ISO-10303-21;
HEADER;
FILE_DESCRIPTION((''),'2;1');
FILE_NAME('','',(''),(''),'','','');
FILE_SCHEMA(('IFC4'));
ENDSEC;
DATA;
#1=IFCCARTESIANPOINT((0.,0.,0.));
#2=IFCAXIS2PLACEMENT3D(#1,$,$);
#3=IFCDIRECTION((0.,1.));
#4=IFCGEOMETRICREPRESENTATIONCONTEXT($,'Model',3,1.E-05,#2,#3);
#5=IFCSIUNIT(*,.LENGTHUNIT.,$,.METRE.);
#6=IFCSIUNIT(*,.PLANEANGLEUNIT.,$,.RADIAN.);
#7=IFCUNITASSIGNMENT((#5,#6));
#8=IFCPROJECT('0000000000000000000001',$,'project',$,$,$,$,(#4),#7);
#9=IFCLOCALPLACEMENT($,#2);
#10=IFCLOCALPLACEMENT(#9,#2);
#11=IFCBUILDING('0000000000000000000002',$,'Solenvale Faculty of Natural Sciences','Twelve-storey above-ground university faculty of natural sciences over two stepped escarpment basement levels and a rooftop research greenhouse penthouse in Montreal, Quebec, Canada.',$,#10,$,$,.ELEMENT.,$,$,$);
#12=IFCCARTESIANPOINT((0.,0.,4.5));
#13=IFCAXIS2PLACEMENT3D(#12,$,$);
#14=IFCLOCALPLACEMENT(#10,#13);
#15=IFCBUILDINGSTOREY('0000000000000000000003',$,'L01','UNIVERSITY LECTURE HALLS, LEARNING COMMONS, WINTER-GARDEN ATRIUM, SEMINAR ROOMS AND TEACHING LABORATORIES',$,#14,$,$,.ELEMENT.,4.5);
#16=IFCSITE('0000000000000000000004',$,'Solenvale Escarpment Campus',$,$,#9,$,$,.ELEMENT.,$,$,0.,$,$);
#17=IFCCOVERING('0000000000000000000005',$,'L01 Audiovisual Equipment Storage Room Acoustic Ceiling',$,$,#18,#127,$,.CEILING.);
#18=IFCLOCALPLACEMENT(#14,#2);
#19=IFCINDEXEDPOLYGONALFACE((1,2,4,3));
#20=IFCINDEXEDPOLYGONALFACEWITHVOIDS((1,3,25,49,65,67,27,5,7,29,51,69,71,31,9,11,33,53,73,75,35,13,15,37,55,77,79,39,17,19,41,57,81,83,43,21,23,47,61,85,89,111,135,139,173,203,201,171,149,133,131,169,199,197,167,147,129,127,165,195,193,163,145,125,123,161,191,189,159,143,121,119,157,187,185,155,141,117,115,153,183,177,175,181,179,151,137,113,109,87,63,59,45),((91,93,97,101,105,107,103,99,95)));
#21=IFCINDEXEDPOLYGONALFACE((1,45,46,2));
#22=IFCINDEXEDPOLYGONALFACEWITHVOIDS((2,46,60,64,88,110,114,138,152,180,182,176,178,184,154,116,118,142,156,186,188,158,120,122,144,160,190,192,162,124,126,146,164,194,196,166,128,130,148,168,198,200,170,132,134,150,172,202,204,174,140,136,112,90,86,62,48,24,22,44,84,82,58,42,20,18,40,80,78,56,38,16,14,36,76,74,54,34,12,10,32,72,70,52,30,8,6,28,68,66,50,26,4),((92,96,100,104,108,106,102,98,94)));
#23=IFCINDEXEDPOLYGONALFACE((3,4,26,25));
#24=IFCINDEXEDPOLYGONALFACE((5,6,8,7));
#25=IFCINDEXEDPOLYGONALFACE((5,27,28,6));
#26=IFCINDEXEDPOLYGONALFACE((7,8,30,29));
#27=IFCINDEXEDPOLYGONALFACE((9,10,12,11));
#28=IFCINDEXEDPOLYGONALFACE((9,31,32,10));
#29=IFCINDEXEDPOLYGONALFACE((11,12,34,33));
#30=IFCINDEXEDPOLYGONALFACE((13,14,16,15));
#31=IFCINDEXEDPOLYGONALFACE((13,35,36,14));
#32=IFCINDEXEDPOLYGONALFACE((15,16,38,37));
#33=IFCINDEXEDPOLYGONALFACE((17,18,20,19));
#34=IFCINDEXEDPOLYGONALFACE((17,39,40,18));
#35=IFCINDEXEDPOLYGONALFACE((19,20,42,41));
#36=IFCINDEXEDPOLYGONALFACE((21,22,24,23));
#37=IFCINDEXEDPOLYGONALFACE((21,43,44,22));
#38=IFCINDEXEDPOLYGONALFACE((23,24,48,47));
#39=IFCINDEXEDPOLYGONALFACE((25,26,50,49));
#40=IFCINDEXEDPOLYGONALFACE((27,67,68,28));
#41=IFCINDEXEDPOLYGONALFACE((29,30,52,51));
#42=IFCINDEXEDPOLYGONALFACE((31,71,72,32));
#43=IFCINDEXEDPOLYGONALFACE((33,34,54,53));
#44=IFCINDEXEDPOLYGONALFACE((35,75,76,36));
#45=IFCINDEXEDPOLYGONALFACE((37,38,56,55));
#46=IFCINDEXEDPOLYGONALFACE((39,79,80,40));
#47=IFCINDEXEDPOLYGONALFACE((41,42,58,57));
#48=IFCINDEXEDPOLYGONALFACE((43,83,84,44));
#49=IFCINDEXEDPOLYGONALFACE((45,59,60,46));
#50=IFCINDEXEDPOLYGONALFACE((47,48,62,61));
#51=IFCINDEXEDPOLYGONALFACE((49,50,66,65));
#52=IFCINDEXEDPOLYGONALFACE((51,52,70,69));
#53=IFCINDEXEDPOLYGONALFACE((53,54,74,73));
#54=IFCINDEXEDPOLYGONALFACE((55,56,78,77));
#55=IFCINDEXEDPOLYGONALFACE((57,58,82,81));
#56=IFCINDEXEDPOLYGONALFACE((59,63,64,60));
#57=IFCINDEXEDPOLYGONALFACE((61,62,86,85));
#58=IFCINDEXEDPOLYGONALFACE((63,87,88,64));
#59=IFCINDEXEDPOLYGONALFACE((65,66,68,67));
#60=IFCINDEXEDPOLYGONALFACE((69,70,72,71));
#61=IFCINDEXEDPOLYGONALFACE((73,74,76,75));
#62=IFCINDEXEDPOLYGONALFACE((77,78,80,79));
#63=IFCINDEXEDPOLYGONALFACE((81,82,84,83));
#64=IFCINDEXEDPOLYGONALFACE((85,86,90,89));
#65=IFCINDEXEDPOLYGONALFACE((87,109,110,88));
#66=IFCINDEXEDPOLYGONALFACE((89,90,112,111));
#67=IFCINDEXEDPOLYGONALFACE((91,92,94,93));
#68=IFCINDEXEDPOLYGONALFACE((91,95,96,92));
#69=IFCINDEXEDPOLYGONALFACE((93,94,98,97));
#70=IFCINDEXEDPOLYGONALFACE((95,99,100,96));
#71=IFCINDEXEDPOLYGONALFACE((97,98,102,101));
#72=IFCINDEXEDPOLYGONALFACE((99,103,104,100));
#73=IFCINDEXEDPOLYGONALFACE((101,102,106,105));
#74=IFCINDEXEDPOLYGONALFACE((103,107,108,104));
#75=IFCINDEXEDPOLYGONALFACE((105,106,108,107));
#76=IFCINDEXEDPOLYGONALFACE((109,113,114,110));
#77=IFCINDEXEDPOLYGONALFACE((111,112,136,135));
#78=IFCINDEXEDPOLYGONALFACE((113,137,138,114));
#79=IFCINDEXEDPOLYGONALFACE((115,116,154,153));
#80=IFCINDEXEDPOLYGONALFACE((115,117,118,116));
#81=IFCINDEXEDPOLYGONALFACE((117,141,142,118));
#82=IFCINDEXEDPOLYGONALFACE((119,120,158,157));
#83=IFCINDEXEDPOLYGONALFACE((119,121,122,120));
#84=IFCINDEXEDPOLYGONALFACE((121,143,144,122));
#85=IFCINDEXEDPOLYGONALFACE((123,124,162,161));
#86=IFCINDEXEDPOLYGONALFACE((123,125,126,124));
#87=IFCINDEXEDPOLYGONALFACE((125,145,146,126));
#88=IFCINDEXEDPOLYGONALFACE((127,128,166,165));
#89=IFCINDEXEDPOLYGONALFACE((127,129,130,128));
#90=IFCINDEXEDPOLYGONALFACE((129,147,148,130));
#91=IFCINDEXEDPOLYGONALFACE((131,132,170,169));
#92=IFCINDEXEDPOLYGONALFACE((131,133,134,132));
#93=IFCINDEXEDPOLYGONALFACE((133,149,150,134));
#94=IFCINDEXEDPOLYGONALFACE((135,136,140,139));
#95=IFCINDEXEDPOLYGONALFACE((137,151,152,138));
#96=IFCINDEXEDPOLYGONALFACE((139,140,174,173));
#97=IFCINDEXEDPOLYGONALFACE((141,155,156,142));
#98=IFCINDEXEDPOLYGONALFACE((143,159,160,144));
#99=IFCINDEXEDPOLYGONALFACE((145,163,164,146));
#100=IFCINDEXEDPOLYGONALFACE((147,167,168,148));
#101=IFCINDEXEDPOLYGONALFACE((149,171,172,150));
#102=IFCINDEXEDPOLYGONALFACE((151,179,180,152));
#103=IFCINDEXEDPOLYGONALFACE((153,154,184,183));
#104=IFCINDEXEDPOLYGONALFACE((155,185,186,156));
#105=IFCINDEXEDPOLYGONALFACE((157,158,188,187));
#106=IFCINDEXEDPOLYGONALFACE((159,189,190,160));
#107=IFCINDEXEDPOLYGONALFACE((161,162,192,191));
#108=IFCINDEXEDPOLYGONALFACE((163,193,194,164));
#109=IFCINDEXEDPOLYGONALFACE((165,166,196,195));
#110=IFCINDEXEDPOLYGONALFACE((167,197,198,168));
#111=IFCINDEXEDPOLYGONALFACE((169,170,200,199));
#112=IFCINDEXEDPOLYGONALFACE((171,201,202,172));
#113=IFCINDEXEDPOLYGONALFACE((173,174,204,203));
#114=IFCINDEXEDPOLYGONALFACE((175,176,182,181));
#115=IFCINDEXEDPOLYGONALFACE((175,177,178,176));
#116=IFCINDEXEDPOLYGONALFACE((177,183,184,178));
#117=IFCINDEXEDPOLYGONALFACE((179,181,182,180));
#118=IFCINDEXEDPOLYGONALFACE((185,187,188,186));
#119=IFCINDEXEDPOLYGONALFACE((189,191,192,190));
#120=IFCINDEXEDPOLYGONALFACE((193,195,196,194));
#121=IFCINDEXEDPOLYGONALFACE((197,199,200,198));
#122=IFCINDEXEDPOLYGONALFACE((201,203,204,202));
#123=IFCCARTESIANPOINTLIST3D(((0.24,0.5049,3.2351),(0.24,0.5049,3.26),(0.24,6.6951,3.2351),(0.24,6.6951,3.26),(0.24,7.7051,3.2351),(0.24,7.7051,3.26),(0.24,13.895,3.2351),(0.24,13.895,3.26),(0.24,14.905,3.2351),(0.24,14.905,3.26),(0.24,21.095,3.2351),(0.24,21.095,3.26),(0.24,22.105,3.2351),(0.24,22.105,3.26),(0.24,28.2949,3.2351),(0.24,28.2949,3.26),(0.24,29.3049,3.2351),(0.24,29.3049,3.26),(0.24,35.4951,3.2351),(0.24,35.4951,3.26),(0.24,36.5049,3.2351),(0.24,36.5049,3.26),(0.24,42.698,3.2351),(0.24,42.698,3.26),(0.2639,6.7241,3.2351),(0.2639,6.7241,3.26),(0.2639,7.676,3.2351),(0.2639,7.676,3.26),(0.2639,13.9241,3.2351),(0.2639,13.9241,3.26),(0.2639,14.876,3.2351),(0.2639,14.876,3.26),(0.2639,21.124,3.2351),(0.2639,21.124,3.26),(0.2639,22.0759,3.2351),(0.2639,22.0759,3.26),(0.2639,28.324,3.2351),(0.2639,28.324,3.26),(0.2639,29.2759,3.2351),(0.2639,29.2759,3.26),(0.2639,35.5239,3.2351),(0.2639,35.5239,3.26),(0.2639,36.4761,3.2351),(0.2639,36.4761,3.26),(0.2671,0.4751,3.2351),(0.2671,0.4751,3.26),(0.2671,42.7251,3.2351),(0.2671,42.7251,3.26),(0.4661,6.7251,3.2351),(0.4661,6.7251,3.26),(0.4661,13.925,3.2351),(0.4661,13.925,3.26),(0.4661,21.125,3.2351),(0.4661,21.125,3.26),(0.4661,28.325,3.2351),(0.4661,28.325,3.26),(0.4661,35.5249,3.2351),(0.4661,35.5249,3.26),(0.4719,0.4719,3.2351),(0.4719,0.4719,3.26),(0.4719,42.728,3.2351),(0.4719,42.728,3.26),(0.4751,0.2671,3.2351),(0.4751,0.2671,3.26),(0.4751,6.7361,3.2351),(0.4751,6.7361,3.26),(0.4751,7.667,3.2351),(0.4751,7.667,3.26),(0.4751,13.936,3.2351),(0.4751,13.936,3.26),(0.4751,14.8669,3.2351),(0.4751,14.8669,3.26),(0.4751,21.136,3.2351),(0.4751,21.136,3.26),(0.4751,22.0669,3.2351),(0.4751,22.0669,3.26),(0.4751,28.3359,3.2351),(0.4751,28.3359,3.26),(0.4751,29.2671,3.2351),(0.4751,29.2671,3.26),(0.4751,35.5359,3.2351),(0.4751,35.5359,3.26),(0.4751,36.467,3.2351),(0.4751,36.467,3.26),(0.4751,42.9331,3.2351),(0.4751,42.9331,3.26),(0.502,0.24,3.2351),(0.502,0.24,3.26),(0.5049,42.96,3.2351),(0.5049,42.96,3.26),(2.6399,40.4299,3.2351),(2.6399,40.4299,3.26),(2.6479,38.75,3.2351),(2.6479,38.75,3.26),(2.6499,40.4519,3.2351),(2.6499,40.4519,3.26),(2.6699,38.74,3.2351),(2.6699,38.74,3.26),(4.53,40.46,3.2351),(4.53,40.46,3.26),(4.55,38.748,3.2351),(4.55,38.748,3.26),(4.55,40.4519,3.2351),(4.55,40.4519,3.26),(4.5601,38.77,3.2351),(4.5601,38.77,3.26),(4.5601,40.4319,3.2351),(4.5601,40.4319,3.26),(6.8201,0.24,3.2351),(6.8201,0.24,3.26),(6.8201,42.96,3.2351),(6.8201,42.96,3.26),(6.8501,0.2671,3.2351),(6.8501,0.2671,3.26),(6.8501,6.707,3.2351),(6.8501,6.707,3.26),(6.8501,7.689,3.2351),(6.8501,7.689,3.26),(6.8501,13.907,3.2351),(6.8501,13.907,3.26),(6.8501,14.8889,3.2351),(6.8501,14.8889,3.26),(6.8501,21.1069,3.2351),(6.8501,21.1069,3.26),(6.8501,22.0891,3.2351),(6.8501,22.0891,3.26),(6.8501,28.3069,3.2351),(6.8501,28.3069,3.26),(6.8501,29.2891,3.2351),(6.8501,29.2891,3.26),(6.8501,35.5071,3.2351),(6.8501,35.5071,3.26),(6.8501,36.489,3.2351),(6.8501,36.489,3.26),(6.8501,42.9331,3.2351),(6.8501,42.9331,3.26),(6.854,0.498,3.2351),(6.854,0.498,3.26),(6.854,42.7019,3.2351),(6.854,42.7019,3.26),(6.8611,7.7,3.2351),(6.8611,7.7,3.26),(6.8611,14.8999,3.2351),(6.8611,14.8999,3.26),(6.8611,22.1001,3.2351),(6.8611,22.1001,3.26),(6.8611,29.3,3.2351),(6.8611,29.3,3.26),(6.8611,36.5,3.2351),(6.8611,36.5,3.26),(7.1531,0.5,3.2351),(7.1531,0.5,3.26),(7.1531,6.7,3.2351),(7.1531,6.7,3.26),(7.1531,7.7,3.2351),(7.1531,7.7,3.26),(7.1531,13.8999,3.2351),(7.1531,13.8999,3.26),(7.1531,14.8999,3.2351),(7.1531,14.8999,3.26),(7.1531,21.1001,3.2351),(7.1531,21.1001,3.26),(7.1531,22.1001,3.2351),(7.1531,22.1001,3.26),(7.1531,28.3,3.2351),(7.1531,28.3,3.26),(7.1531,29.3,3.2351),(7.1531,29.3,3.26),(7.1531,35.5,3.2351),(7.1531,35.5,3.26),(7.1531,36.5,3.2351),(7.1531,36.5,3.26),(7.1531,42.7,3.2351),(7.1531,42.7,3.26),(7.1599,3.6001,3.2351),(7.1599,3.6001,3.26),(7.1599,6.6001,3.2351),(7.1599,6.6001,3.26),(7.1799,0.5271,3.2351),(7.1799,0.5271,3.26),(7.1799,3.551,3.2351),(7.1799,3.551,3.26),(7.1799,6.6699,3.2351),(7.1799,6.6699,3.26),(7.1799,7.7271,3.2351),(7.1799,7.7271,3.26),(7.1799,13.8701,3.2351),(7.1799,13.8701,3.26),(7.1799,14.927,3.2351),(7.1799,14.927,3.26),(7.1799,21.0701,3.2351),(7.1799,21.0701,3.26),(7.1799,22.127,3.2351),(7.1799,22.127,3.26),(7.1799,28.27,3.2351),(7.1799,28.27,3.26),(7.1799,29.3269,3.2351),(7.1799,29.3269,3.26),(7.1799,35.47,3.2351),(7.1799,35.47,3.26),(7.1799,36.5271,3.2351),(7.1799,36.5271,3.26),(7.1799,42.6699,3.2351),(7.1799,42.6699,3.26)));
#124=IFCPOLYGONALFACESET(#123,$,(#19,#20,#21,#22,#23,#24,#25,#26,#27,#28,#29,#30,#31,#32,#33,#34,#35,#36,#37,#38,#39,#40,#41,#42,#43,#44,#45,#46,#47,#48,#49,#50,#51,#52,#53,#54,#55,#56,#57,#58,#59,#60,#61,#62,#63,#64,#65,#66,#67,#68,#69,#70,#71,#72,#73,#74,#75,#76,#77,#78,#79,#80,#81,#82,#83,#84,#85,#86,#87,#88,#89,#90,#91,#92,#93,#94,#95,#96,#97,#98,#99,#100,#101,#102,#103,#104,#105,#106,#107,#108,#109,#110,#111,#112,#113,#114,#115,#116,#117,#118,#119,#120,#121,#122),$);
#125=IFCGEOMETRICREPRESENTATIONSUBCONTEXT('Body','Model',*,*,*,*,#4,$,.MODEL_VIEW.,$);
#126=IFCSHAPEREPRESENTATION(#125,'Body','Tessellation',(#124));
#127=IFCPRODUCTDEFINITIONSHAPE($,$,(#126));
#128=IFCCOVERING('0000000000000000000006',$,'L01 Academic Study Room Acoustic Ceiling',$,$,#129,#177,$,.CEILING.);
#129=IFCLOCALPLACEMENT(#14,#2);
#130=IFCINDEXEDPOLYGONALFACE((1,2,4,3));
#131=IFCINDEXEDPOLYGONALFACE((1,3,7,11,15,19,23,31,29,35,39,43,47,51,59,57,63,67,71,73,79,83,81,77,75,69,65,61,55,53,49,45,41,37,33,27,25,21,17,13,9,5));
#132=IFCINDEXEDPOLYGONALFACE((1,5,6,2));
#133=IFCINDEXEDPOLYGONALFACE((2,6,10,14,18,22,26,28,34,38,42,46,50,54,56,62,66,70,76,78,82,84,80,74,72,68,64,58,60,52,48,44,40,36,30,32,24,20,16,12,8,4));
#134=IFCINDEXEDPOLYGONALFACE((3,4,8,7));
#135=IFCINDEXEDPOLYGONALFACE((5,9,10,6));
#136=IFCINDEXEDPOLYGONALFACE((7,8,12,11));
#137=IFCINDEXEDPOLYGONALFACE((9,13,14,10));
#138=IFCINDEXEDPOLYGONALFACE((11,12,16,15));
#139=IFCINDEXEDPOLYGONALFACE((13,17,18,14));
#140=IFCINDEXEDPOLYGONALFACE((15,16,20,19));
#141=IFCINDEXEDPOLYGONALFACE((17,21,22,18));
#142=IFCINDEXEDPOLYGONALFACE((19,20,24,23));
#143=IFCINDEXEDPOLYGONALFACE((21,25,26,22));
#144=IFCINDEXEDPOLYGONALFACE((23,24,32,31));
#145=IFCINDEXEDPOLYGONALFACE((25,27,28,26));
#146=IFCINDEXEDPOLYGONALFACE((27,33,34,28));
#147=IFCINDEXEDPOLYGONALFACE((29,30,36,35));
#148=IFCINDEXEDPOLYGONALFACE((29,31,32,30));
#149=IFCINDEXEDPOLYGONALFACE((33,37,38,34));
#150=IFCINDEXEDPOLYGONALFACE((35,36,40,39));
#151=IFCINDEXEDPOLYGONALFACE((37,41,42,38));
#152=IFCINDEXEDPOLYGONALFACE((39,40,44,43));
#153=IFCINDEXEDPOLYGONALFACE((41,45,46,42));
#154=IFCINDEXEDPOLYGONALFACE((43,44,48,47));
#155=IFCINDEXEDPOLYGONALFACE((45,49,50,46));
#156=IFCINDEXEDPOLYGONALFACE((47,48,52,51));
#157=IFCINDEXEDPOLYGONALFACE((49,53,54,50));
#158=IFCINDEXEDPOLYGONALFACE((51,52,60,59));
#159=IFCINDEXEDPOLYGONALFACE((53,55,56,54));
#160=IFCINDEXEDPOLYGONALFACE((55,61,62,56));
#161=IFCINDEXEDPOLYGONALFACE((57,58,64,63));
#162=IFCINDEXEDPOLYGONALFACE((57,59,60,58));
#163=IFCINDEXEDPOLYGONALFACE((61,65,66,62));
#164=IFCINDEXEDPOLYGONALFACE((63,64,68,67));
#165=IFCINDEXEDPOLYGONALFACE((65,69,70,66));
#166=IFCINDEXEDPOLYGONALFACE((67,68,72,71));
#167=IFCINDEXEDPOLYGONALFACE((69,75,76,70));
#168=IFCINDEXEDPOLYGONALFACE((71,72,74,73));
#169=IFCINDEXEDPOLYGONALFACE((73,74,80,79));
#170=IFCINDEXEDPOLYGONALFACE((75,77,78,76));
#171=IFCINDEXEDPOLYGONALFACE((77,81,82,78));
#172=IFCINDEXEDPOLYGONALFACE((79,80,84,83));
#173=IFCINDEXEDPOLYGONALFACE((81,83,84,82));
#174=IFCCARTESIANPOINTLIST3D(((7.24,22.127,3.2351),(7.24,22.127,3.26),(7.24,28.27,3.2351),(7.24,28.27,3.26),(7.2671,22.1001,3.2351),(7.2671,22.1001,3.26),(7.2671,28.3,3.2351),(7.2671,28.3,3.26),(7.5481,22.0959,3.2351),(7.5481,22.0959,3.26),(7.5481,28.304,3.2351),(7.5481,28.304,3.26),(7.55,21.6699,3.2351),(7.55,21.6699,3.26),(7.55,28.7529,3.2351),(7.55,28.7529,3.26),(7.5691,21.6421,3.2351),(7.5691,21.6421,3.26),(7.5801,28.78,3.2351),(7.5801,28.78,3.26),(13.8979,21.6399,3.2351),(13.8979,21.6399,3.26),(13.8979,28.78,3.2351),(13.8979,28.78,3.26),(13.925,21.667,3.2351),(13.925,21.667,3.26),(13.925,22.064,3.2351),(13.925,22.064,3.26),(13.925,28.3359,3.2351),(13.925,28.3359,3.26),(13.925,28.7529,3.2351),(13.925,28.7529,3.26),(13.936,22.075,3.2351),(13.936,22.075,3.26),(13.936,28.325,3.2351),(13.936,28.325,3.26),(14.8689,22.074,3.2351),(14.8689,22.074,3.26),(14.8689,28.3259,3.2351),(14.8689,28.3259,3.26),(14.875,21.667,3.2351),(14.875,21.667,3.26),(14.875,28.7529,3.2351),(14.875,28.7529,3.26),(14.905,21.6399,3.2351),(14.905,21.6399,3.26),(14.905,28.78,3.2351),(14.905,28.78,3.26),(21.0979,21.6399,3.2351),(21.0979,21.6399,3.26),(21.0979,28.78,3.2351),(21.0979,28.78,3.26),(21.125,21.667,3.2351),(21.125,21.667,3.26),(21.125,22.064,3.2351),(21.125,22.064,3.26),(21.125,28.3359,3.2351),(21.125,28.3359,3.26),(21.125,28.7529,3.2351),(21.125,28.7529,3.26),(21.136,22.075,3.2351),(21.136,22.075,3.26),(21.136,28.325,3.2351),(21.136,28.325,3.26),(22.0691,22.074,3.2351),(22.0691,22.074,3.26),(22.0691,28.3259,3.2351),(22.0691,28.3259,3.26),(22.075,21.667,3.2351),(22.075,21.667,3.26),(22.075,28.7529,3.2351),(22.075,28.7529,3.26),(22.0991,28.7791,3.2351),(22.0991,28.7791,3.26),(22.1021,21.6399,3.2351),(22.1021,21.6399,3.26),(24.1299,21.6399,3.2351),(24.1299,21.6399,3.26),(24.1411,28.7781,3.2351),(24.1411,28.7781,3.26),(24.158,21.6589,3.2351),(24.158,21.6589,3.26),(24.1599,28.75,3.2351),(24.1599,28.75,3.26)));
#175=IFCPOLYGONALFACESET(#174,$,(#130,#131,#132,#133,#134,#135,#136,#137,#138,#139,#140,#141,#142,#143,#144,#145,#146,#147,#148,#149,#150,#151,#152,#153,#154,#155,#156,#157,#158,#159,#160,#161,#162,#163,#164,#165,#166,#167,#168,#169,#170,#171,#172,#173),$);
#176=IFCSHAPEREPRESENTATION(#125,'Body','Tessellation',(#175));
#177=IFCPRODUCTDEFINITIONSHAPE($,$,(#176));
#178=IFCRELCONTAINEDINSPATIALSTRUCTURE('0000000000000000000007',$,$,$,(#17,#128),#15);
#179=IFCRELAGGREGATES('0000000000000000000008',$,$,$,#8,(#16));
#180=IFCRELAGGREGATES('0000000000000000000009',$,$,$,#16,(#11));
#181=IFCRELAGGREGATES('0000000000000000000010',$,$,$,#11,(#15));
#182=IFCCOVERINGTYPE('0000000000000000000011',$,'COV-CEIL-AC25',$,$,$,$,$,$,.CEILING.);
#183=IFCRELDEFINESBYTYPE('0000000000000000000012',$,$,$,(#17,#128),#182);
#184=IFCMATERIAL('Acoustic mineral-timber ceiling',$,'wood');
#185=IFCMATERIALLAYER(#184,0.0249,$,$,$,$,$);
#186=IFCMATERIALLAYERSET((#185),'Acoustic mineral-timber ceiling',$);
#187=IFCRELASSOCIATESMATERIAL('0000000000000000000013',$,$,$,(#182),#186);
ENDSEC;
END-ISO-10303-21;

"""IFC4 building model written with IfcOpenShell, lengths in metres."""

from ifc_helpers import new_model, si_unit, direction, frame, origin, place, context, subcontext, project, spatial, polyline, outline, extrude, material, layer, layer_set, type_object, element, save


model = new_model("IFC4")

# Units and contexts
model_context = context("Model", 3, precision=1e-05, world=origin(), true_north=direction((0.0, 1.0)))
body_context = subcontext(model_context, "Body", "Model", "MODEL_VIEW")
ifc_project = project(units=[si_unit("LENGTHUNIT", "METRE"), si_unit("PLANEANGLEUNIT", "RADIAN")], contexts=[model_context])

# Site, building, storey
site_placement = place(None, origin())
site = spatial("IfcSite", under=ifc_project, at=site_placement, Name="Solenvale Escarpment Campus", CompositionType="ELEMENT", RefElevation=0.0)
building_placement = place(site_placement, origin())
building = spatial("IfcBuilding", under=site, at=building_placement, Name="Solenvale Faculty of Natural Sciences", Description="Twelve-storey above-ground university faculty of natural sciences over two stepped escarpment basement levels and a rooftop research greenhouse penthouse in Montreal, Quebec, Canada.", CompositionType="ELEMENT")
storey_placement = place(building_placement, frame((0.0, 0.0, 4.5)))
storey = spatial("IfcBuildingStorey", under=building, at=storey_placement, Name="L01", Description="UNIVERSITY LECTURE HALLS, LEARNING COMMONS, WINTER-GARDEN ATRIUM, SEMINAR ROOMS AND TEACHING LABORATORIES", CompositionType="ELEMENT", Elevation=4.5)

# Coverings
ifc_material_1 = material(Name="Acoustic mineral-timber ceiling", Category="wood")
ifc_layer_1 = layer(ifc_material_1, 0.0249)
ifc_layer_set_1 = layer_set([ifc_layer_1], Name="Acoustic mineral-timber ceiling")
covering_type_1 = type_object("IfcCoveringType", Name="COV-CEIL-AC25", PredefinedType="CEILING", material=ifc_layer_set_1)
covering_1_placement = place(storey_placement, frame((0.0, 0.0, 3.2351)))
element("IfcCovering", 1, at=covering_1_placement, inside=storey, type_object=covering_type_1, Name="L01 Audiovisual Equipment Storage Room Acoustic Ceiling", PredefinedType="CEILING", context=body_context, shape_type="SweptSolid", body=[
    extrude(outline(polyline([(6.8201, 42.96), (6.8501, 42.9331), (6.854, 42.7019), (7.1531, 42.7), (7.1799, 42.6699), (7.1799, 36.5271), (7.1531, 36.5), (6.8611, 36.5), (6.8501, 36.489), (6.8501, 35.5071), (7.1531, 35.5), (7.1799, 35.47), (7.1799, 29.3269), (7.1531, 29.3), (6.8611, 29.3), (6.8501, 29.2891), (6.8501, 28.3069), (7.1531, 28.3), (7.1799, 28.27), (7.1799, 22.127), (7.1531, 22.1001), (6.8611, 22.1001), (6.8501, 22.0891), (6.8501, 21.1069), (7.1531, 21.1001), (7.1799, 21.0701), (7.1799, 14.927), (7.1531, 14.8999), (6.8611, 14.8999), (6.8501, 14.8889), (6.8501, 13.907), (7.1531, 13.8999), (7.1799, 13.8701), (7.1799, 7.7271), (7.1531, 7.7), (6.8611, 7.7), (6.8501, 7.689), (6.8501, 6.707), (7.1531, 6.7), (7.1799, 6.6699), (7.1599, 6.6001), (7.1599, 3.6001), (7.1799, 3.551), (7.1799, 0.5271), (7.1531, 0.5), (6.854, 0.498), (6.8501, 0.2671), (6.8201, 0.24), (0.502, 0.24), (0.4751, 0.2671), (0.4719, 0.4719), (0.2671, 0.4751), (0.24, 0.5049), (0.24, 6.6951), (0.2639, 6.7241), (0.4661, 6.7251), (0.4751, 6.7361), (0.4751, 7.667), (0.2639, 7.676), (0.24, 7.7051), (0.24, 13.895), (0.2639, 13.9241), (0.4661, 13.925), (0.4751, 13.936), (0.4751, 14.8669), (0.2639, 14.876), (0.24, 14.905), (0.24, 21.095), (0.2639, 21.124), (0.4661, 21.125), (0.4751, 21.136), (0.4751, 22.0669), (0.2639, 22.0759), (0.24, 22.105), (0.24, 28.2949), (0.2639, 28.324), (0.4661, 28.325), (0.4751, 28.3359), (0.4751, 29.2671), (0.2639, 29.2759), (0.24, 29.3049), (0.24, 35.4951), (0.2639, 35.5239), (0.4661, 35.5249), (0.4751, 35.5359), (0.4751, 36.467), (0.2639, 36.4761), (0.24, 36.5049), (0.24, 42.698), (0.2671, 42.7251), (0.4719, 42.728), (0.4751, 42.9331), (0.5049, 42.96), (6.8201, 42.96)]), holes=[polyline([(4.5601, 40.4319), (4.55, 40.4519), (4.53, 40.46), (2.6499, 40.4519), (2.6399, 40.4299), (2.6479, 38.75), (2.6699, 38.74), (4.55, 38.748), (4.5601, 38.77), (4.5601, 40.4319)])]), origin(), (0.0, 0.0, 1.0), 0.0249),
])
covering_2_placement = place(storey_placement, frame((0.0, 0.0, 3.2351)))
element("IfcCovering", 2, at=covering_2_placement, inside=storey, type_object=covering_type_1, Name="L01 Academic Study Room Acoustic Ceiling", PredefinedType="CEILING", context=body_context, shape_type="SweptSolid", body=[
    extrude(outline(polyline([(7.24, 28.27), (7.2671, 28.3), (7.5481, 28.304), (7.55, 28.7529), (7.5801, 28.78), (13.8979, 28.78), (13.925, 28.7529), (13.925, 28.3359), (13.936, 28.325), (14.8689, 28.3259), (14.875, 28.7529), (14.905, 28.78), (21.0979, 28.78), (21.125, 28.7529), (21.125, 28.3359), (21.136, 28.325), (22.0691, 28.3259), (22.075, 28.7529), (22.0991, 28.7791), (24.1411, 28.7781), (24.1599, 28.75), (24.158, 21.6589), (24.1299, 21.6399), (22.1021, 21.6399), (22.075, 21.667), (22.0691, 22.074), (21.136, 22.075), (21.125, 22.064), (21.125, 21.667), (21.0979, 21.6399), (14.905, 21.6399), (14.875, 21.667), (14.8689, 22.074), (13.936, 22.075), (13.925, 22.064), (13.925, 21.667), (13.8979, 21.6399), (7.5691, 21.6421), (7.55, 21.6699), (7.5481, 22.0959), (7.2671, 22.1001), (7.24, 22.127), (7.24, 28.27)])), origin(), (0.0, 0.0, 1.0), 0.0249),
])

save(model, "model.ifc")
